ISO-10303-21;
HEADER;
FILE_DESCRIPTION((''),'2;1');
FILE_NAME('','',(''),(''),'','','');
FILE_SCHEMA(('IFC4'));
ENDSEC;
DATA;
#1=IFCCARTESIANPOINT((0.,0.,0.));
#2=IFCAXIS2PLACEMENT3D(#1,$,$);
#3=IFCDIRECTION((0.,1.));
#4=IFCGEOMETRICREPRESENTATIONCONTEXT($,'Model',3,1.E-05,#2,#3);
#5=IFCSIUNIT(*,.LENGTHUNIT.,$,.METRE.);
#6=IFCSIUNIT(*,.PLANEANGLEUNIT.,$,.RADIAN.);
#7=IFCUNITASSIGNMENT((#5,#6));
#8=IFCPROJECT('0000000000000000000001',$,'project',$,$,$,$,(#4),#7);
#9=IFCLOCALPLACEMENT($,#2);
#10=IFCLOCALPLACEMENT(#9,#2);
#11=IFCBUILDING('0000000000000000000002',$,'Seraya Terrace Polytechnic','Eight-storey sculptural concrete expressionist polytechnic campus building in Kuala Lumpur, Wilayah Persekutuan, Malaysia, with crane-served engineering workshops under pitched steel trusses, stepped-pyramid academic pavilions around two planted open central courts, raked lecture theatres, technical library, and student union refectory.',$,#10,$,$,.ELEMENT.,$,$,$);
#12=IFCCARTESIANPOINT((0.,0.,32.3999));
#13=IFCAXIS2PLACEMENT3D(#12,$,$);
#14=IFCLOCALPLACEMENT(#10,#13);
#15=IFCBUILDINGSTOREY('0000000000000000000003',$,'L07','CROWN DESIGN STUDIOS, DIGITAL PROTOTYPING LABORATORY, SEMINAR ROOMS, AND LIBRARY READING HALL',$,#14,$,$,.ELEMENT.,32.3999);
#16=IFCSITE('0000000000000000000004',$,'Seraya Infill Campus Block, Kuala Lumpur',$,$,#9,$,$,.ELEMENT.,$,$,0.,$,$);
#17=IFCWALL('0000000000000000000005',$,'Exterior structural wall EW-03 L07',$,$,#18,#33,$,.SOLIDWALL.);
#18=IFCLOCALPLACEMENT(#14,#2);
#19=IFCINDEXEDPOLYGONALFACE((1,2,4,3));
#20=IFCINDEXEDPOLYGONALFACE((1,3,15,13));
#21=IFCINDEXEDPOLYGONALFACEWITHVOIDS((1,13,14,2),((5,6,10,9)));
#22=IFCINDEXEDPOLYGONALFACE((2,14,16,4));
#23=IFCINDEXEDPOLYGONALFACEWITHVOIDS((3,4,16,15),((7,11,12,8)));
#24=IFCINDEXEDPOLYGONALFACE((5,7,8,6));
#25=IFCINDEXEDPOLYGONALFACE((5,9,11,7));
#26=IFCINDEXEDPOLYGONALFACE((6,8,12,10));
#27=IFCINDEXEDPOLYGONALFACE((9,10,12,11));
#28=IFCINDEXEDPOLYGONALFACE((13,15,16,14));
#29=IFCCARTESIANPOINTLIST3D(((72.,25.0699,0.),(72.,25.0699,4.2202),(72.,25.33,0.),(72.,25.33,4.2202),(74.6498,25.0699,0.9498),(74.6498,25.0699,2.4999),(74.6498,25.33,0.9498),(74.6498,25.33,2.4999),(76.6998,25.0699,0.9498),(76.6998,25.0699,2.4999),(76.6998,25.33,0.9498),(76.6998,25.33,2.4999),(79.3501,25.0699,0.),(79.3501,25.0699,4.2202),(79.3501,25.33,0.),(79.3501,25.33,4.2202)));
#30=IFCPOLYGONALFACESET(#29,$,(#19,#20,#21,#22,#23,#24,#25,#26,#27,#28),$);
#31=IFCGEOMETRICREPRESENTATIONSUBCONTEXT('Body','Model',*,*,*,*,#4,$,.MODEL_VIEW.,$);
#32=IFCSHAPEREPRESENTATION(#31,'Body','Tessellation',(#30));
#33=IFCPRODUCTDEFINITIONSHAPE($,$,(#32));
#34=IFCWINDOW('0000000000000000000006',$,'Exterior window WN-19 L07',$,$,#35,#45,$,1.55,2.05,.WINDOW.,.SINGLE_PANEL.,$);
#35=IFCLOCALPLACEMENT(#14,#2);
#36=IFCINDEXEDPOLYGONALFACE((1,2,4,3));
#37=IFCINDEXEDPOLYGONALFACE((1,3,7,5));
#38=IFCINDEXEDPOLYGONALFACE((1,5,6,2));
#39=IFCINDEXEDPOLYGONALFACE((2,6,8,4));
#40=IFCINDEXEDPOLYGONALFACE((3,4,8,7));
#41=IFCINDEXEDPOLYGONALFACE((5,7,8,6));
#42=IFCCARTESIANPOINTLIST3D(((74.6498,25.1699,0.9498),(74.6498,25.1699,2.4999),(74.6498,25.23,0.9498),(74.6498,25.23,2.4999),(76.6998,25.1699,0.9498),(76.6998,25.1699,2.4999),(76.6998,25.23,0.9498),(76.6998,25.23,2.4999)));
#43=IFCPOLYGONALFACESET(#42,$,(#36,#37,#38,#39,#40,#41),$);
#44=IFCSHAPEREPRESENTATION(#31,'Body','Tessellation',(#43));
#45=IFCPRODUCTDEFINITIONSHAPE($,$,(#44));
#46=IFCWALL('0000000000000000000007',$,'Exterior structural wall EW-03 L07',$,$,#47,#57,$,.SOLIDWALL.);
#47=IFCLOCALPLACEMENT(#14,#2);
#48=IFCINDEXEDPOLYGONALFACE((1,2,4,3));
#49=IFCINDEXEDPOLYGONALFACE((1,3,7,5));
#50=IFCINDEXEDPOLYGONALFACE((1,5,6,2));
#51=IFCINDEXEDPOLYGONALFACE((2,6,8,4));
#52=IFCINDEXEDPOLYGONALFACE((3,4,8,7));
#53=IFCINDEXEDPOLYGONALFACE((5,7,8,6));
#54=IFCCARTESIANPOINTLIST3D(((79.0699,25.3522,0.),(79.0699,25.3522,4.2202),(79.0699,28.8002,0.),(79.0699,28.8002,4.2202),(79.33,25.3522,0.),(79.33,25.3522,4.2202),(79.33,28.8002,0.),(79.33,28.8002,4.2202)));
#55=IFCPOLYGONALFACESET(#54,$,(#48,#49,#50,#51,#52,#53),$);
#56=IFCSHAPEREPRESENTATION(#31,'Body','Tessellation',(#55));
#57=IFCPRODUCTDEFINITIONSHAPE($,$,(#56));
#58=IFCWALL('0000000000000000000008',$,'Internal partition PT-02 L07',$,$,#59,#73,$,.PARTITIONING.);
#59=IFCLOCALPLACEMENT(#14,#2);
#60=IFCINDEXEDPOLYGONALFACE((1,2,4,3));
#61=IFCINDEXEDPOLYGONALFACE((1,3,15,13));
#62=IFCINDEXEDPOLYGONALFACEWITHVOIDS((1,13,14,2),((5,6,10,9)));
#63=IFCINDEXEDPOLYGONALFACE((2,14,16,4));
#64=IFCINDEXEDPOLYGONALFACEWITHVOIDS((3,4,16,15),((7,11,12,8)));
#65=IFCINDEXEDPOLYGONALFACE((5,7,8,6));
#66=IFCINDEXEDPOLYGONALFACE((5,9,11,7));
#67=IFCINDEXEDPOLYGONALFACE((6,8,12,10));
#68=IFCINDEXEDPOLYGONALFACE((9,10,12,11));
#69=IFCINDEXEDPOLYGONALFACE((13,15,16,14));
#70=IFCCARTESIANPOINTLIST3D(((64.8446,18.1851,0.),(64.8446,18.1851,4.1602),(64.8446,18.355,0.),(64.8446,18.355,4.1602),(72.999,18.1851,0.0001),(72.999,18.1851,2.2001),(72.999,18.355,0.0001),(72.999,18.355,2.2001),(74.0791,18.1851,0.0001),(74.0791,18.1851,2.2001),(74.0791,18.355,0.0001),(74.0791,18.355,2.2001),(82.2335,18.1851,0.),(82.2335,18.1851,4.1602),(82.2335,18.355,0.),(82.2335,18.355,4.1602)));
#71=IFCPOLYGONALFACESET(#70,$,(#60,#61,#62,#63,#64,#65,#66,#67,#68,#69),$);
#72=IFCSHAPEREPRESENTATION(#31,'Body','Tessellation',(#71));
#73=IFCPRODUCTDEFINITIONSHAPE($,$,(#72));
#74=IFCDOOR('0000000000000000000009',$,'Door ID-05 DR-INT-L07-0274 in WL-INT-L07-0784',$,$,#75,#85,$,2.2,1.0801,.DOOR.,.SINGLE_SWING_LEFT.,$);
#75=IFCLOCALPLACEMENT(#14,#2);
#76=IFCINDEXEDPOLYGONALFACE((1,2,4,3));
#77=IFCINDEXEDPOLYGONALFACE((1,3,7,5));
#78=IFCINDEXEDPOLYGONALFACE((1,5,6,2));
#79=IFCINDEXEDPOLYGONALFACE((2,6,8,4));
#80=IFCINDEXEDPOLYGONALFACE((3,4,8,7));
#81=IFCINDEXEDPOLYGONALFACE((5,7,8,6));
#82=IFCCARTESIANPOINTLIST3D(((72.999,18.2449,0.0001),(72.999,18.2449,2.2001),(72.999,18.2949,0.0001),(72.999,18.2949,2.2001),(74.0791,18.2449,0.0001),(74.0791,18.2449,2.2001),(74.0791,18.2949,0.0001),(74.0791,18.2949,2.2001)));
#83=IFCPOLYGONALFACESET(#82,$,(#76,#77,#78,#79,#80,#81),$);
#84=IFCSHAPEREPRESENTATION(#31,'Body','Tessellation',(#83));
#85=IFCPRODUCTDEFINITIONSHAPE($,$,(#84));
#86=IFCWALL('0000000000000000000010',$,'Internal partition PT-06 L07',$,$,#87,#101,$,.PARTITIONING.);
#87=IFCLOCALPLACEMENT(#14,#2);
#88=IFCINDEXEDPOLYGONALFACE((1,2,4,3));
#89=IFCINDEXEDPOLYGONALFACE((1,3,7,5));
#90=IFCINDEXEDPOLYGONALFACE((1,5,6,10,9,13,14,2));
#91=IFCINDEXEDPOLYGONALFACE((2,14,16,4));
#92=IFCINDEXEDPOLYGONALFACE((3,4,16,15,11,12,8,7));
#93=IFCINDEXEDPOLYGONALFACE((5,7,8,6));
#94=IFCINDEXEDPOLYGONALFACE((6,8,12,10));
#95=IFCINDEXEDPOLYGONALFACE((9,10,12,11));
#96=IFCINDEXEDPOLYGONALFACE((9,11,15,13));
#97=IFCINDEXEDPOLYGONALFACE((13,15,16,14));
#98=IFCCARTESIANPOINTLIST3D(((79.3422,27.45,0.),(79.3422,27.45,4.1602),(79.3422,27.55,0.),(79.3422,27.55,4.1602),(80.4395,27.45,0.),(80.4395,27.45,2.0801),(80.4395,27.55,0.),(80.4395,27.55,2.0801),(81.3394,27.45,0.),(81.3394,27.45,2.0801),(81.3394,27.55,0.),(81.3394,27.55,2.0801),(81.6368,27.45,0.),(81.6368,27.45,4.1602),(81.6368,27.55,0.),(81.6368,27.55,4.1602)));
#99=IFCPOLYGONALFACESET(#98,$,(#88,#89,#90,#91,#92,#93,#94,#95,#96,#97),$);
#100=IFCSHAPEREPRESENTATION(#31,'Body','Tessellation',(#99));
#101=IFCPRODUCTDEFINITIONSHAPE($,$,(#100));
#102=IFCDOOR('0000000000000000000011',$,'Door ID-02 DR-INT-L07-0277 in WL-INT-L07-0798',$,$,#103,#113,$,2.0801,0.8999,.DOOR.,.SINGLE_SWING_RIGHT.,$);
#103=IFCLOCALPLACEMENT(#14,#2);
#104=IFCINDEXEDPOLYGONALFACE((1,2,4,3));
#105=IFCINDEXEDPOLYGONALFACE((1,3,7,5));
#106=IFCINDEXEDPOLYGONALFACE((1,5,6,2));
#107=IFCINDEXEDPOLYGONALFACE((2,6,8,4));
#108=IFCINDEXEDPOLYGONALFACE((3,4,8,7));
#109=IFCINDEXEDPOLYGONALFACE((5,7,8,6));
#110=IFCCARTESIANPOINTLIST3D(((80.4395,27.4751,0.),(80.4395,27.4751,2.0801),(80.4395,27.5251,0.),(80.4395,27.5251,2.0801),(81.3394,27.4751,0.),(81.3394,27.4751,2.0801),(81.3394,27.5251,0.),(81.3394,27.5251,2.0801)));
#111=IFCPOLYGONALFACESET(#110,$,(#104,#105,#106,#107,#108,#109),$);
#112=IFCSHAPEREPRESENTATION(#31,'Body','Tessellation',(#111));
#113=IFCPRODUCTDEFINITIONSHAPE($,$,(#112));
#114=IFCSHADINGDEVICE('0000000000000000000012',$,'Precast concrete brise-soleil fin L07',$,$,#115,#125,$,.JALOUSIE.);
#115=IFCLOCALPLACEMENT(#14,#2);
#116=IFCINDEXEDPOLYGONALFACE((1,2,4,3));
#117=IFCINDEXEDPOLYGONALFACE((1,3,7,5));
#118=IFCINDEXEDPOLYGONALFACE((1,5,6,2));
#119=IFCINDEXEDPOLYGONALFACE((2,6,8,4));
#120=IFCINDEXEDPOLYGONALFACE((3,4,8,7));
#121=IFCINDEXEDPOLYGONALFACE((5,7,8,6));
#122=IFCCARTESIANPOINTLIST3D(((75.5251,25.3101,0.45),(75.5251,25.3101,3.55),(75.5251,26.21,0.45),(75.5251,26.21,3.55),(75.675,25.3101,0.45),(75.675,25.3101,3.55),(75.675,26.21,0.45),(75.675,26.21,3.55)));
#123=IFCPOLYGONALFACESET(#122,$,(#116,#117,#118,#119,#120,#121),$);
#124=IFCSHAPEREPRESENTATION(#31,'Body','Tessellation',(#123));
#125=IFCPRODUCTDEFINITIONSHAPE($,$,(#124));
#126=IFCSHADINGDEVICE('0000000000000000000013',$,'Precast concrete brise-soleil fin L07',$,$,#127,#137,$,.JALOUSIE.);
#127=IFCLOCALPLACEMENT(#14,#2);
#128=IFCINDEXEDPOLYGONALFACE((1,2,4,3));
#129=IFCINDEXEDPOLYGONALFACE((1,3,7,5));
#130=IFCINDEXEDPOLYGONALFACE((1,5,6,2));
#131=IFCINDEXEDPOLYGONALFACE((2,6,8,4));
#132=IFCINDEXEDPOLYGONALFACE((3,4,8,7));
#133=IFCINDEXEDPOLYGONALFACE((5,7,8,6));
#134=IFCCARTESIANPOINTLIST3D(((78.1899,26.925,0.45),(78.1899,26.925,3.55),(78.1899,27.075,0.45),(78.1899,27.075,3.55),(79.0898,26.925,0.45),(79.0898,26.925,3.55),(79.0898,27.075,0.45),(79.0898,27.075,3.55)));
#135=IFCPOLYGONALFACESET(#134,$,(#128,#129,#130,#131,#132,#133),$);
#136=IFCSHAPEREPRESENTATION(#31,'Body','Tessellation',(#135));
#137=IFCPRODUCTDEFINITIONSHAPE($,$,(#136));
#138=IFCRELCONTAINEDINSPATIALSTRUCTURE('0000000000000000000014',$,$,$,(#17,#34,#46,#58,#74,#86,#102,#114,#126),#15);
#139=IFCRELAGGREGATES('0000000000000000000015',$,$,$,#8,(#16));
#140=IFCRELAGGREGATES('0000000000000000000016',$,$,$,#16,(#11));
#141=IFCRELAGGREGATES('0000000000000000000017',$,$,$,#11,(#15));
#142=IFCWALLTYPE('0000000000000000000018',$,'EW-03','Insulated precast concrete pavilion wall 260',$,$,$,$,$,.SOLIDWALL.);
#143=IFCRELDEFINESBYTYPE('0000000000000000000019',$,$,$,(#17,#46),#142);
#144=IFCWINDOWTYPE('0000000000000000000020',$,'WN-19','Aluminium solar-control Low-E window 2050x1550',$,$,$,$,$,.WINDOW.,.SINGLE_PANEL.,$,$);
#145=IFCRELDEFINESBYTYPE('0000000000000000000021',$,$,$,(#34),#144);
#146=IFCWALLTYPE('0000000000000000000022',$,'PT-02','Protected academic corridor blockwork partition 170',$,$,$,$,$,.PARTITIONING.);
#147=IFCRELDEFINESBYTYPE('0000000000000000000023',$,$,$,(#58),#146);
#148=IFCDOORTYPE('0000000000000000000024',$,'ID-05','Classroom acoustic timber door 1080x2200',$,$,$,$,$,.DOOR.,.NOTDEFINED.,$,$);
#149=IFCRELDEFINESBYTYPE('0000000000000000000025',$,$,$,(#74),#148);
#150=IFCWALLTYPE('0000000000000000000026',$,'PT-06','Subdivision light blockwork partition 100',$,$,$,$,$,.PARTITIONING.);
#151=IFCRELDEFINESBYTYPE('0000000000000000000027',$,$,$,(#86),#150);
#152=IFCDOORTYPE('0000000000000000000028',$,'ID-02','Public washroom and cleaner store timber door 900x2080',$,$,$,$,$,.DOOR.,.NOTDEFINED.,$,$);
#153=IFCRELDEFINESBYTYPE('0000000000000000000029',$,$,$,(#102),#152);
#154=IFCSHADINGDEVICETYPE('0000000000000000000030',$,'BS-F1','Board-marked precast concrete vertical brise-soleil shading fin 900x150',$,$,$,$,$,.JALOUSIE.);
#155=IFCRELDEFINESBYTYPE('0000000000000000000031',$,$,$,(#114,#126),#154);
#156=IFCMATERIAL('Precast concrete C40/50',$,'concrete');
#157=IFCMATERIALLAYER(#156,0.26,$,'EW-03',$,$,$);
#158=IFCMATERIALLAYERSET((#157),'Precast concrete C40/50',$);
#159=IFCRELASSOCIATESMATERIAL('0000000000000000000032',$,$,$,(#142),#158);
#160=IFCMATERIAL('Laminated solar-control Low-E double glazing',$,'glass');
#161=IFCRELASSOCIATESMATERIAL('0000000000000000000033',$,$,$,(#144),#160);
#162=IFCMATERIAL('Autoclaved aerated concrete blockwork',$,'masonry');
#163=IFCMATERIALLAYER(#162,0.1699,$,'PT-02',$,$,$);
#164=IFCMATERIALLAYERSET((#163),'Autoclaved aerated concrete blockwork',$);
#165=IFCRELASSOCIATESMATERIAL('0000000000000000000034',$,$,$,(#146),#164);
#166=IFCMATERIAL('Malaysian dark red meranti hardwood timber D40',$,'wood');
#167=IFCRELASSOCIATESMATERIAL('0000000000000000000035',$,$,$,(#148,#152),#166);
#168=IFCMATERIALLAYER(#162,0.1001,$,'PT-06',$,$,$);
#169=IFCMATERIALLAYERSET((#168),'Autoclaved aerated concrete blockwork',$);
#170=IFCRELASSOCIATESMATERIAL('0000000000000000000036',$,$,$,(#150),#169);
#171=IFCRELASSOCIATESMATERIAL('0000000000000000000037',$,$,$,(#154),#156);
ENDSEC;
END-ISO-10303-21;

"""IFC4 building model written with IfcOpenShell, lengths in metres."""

from ifc_helpers import new_model, si_unit, direction, frame, frame_2d, origin, origin_2d, place, context, subcontext, project, spatial, rectangle, extrude, material, layer, layer_set, type_object, element, fill, save


model = new_model("IFC4")

# Units and contexts
model_context = context("Model", 3, precision=1e-05, world=origin(), true_north=direction((0.0, 1.0)))
body_context = subcontext(model_context, "Body", "Model", "MODEL_VIEW")
ifc_project = project(units=[si_unit("LENGTHUNIT", "METRE"), si_unit("PLANEANGLEUNIT", "RADIAN")], contexts=[model_context])

# Site, building, storey
site_placement = place(None, origin())
site = spatial("IfcSite", under=ifc_project, at=site_placement, Name="Seraya Infill Campus Block, Kuala Lumpur", CompositionType="ELEMENT", RefElevation=0.0)
building_placement = place(site_placement, origin())
building = spatial("IfcBuilding", under=site, at=building_placement, Name="Seraya Terrace Polytechnic", Description="Eight-storey sculptural concrete expressionist polytechnic campus building in Kuala Lumpur, Wilayah Persekutuan, Malaysia, with crane-served engineering workshops under pitched steel trusses, stepped-pyramid academic pavilions around two planted open central courts, raked lecture theatres, technical library, and student union refectory.", CompositionType="ELEMENT")
storey_placement = place(building_placement, frame((0.0, 0.0, 32.3999)))
storey = spatial("IfcBuildingStorey", under=building, at=storey_placement, Name="L07", Description="CROWN DESIGN STUDIOS, DIGITAL PROTOTYPING LABORATORY, SEMINAR ROOMS, AND LIBRARY READING HALL", CompositionType="ELEMENT", Elevation=32.3999)

# Wall, opening, window
ifc_material_1 = material(Name="Precast concrete C40/50", Category="concrete")
ifc_layer_1 = layer(ifc_material_1, 0.26, Name="EW-03")
ifc_layer_set_1 = layer_set([ifc_layer_1], Name="Precast concrete C40/50")
wall_type_1 = type_object("IfcWallType", Name="EW-03", Description="Insulated precast concrete pavilion wall 260", PredefinedType="SOLIDWALL", material=ifc_layer_set_1)
ifc_material_2 = material(Name="Laminated solar-control Low-E double glazing", Category="glass")
wall_1_placement = place(storey_placement, frame((72.0, 25.2, 0.0), z_axis=(0.0, 0.0, 1.0), x_axis=(1.0, 0.0, 0.0)))
wall_1 = element("IfcWall", 1, at=wall_1_placement, inside=storey, type_object=wall_type_1, Name="Exterior structural wall EW-03 L07", PredefinedType="SOLIDWALL", context=body_context, shape_type="SweptSolid", body=[
    extrude(rectangle(XDim=7.3501, YDim=0.26, at=frame_2d((3.675, 0.0))), origin(), (0.0, 0.0, 1.0), 4.2202),
])
opening_1_placement = place(wall_1_placement, frame((2.6499, 0.0, 0.95)))
opening_1 = element("IfcOpeningElement", 2, at=opening_1_placement, cuts=wall_1, PredefinedType="OPENING", context=body_context, shape_type="SweptSolid", body=[
    extrude(rectangle(XDim=2.05, YDim=1.55, at=frame_2d((1.0249, 0.7749))), frame((0.0, 0.1421, 0.0), z_axis=(0.0, -1.0, 0.0), x_axis=(1.0, 0.0, 0.0)), (0.0, 0.0, 1.0), 0.2839),
])
window_type_1 = type_object("IfcWindowType", Name="WN-19", Description="Aluminium solar-control Low-E window 2050x1550", PartitioningType="SINGLE_PANEL", PredefinedType="WINDOW", material=ifc_material_2)
window_1_placement = place(opening_1_placement, origin())
window_1 = element("IfcWindow", 3, at=window_1_placement, inside=storey, type_object=window_type_1, Name="Exterior window WN-19 L07", OverallHeight=1.55, OverallWidth=2.05, PartitioningType="SINGLE_PANEL", PredefinedType="WINDOW", context=body_context, shape_type="SweptSolid", body=[
    extrude(rectangle(XDim=2.05, YDim=1.55, at=frame_2d((1.0249, 0.7749))), frame((0.0, 0.03, 0.0), z_axis=(0.0, -1.0, 0.0), x_axis=(1.0, 0.0, 0.0)), (0.0, 0.0, 1.0), 0.0601),
])
fill(opening_1, window_1)

# Wall
wall_2_placement = place(storey_placement, frame((79.2, 25.3521, 0.0), z_axis=(0.0, 0.0, 1.0), x_axis=(0.0, 1.0, 0.0)))
element("IfcWall", 4, at=wall_2_placement, inside=storey, type_object=wall_type_1, Name="Exterior structural wall EW-03 L07", PredefinedType="SOLIDWALL", context=body_context, shape_type="SweptSolid", body=[
    extrude(rectangle(XDim=3.448, YDim=0.26, at=frame_2d((1.7241, 0.0))), origin(), (0.0, 0.0, 1.0), 4.2202),
])

# Walls, openings, doors
ifc_material_3 = material(Name="Autoclaved aerated concrete blockwork", Category="masonry")
ifc_layer_2 = layer(ifc_material_3, 0.1699, Name="PT-02")
ifc_layer_set_2 = layer_set([ifc_layer_2], Name="Autoclaved aerated concrete blockwork")
wall_type_2 = type_object("IfcWallType", Name="PT-02", Description="Protected academic corridor blockwork partition 170", PredefinedType="PARTITIONING", material=ifc_layer_set_2)
wall_3_placement = place(storey_placement, frame((64.8447, 18.27, 0.0), z_axis=(0.0, 0.0, 1.0), x_axis=(1.0, 0.0, 0.0)))
wall_3 = element("IfcWall", 5, at=wall_3_placement, inside=storey, type_object=wall_type_2, Name="Internal partition PT-02 L07", PredefinedType="PARTITIONING", context=body_context, shape_type="SweptSolid", body=[
    extrude(rectangle(XDim=17.3889, YDim=0.1699, at=frame_2d((8.6943, 0.0))), origin(), (0.0, 0.0, 1.0), 4.1602),
])
opening_2_placement = place(wall_3_placement, frame((8.1543, 0.0, 0.0)))
opening_2 = element("IfcOpeningElement", 6, at=opening_2_placement, cuts=wall_3, PredefinedType="OPENING", context=body_context, shape_type="SweptSolid", body=[
    extrude(rectangle(XDim=1.0801, YDim=2.2, at=frame_2d((0.54, 1.1001))), frame((0.0, 0.0969, 0.0), z_axis=(0.0, -1.0, 0.0), x_axis=(1.0, 0.0, 0.0)), (0.0, 0.0, 1.0), 0.1938),
])
ifc_material_4 = material(Name="Malaysian dark red meranti hardwood timber D40", Category="wood")
door_type_1 = type_object("IfcDoorType", Name="ID-05", Description="Classroom acoustic timber door 1080x2200", OperationType="NOTDEFINED", PredefinedType="DOOR", material=ifc_material_4)
door_1_placement = place(opening_2_placement, origin())
door_1 = element("IfcDoor", 7, at=door_1_placement, inside=storey, type_object=door_type_1, Name="Door ID-05 DR-INT-L07-0274 in WL-INT-L07-0784", OperationType="SINGLE_SWING_LEFT", OverallHeight=2.2, OverallWidth=1.0801, PredefinedType="DOOR", context=body_context, shape_type="SweptSolid", body=[
    extrude(rectangle(XDim=1.0801, YDim=2.2, at=frame_2d((0.54, 1.1001))), frame((0.0, 0.0249, 0.0), z_axis=(0.0, -1.0, 0.0), x_axis=(1.0, 0.0, 0.0)), (0.0, 0.0, 1.0), 0.05),
])
fill(opening_2, door_1)
ifc_layer_3 = layer(ifc_material_3, 0.1001, Name="PT-06")
ifc_layer_set_3 = layer_set([ifc_layer_3], Name="Autoclaved aerated concrete blockwork")
wall_type_3 = type_object("IfcWallType", Name="PT-06", Description="Subdivision light blockwork partition 100", PredefinedType="PARTITIONING", material=ifc_layer_set_3)
wall_4_placement = place(storey_placement, frame((79.342, 27.5, 0.0), z_axis=(0.0, 0.0, 1.0), x_axis=(1.0, 0.0, 0.0)))
wall_4 = element("IfcWall", 8, at=wall_4_placement, inside=storey, type_object=wall_type_3, Name="Internal partition PT-06 L07", PredefinedType="PARTITIONING", context=body_context, shape_type="SweptSolid", body=[
    extrude(rectangle(XDim=2.2947, YDim=0.1001, at=frame_2d((1.1475, 0.0))), origin(), (0.0, 0.0, 1.0), 4.1602),
])
opening_3_placement = place(wall_4_placement, frame((1.0974, 0.0, 0.0)))
opening_3 = element("IfcOpeningElement", 9, at=opening_3_placement, cuts=wall_4, PredefinedType="OPENING", context=body_context, shape_type="SweptSolid", body=[
    extrude(rectangle(XDim=0.8999, YDim=2.0801, at=frame_2d((0.45, 1.04))), frame((0.0, 0.062, 0.0), z_axis=(0.0, -1.0, 0.0), x_axis=(1.0, 0.0, 0.0)), (0.0, 0.0, 1.0), 0.124),
])
door_type_2 = type_object("IfcDoorType", Name="ID-02", Description="Public washroom and cleaner store timber door 900x2080", OperationType="NOTDEFINED", PredefinedType="DOOR", material=ifc_material_4)
door_2_placement = place(opening_3_placement, frame((0.8999, 0.0, 0.0), z_axis=(0.0, 0.0, 1.0), x_axis=(-1.0, 0.0, 0.0)))
door_2 = element("IfcDoor", 10, at=door_2_placement, inside=storey, type_object=door_type_2, Name="Door ID-02 DR-INT-L07-0277 in WL-INT-L07-0798", OperationType="SINGLE_SWING_RIGHT", OverallHeight=2.0801, OverallWidth=0.8999, PredefinedType="DOOR", context=body_context, shape_type="SweptSolid", body=[
    extrude(rectangle(XDim=0.8999, YDim=2.0801, at=frame_2d((0.45, 1.04))), frame((0.0, 0.0249, 0.0), z_axis=(0.0, -1.0, 0.0), x_axis=(1.0, 0.0, 0.0)), (0.0, 0.0, 1.0), 0.05),
])
fill(opening_3, door_2)

# Shading devices
shading_device_type = type_object("IfcShadingDeviceType", Name="BS-F1", Description="Board-marked precast concrete vertical brise-soleil shading fin 900x150", PredefinedType="JALOUSIE", material=ifc_material_1)
for number, where, z_axis, x_axis, name in (
    (11, (75.6001, 25.76, 0.45), (0.0, 0.0, 1.0), (0.0, 1.0, 0.0), "Precast concrete brise-soleil fin L07"),
    (12, (78.6399, 27.0, 0.45), (0.0, 0.0, 1.0), (-1.0, 0.0, 0.0), "Precast concrete brise-soleil fin L07"),
):
    element("IfcShadingDevice", number, at=place(storey_placement, frame(where, z_axis=z_axis, x_axis=x_axis)), inside=storey, type_object=shading_device_type, Name=name, PredefinedType="JALOUSIE", context=body_context, shape_type="SweptSolid", body=[
        extrude(rectangle(XDim=0.8999, YDim=0.1499, at=origin_2d()), origin(), (0.0, 0.0, 1.0), 3.1001),
    ])

save(model, "model.ifc")
